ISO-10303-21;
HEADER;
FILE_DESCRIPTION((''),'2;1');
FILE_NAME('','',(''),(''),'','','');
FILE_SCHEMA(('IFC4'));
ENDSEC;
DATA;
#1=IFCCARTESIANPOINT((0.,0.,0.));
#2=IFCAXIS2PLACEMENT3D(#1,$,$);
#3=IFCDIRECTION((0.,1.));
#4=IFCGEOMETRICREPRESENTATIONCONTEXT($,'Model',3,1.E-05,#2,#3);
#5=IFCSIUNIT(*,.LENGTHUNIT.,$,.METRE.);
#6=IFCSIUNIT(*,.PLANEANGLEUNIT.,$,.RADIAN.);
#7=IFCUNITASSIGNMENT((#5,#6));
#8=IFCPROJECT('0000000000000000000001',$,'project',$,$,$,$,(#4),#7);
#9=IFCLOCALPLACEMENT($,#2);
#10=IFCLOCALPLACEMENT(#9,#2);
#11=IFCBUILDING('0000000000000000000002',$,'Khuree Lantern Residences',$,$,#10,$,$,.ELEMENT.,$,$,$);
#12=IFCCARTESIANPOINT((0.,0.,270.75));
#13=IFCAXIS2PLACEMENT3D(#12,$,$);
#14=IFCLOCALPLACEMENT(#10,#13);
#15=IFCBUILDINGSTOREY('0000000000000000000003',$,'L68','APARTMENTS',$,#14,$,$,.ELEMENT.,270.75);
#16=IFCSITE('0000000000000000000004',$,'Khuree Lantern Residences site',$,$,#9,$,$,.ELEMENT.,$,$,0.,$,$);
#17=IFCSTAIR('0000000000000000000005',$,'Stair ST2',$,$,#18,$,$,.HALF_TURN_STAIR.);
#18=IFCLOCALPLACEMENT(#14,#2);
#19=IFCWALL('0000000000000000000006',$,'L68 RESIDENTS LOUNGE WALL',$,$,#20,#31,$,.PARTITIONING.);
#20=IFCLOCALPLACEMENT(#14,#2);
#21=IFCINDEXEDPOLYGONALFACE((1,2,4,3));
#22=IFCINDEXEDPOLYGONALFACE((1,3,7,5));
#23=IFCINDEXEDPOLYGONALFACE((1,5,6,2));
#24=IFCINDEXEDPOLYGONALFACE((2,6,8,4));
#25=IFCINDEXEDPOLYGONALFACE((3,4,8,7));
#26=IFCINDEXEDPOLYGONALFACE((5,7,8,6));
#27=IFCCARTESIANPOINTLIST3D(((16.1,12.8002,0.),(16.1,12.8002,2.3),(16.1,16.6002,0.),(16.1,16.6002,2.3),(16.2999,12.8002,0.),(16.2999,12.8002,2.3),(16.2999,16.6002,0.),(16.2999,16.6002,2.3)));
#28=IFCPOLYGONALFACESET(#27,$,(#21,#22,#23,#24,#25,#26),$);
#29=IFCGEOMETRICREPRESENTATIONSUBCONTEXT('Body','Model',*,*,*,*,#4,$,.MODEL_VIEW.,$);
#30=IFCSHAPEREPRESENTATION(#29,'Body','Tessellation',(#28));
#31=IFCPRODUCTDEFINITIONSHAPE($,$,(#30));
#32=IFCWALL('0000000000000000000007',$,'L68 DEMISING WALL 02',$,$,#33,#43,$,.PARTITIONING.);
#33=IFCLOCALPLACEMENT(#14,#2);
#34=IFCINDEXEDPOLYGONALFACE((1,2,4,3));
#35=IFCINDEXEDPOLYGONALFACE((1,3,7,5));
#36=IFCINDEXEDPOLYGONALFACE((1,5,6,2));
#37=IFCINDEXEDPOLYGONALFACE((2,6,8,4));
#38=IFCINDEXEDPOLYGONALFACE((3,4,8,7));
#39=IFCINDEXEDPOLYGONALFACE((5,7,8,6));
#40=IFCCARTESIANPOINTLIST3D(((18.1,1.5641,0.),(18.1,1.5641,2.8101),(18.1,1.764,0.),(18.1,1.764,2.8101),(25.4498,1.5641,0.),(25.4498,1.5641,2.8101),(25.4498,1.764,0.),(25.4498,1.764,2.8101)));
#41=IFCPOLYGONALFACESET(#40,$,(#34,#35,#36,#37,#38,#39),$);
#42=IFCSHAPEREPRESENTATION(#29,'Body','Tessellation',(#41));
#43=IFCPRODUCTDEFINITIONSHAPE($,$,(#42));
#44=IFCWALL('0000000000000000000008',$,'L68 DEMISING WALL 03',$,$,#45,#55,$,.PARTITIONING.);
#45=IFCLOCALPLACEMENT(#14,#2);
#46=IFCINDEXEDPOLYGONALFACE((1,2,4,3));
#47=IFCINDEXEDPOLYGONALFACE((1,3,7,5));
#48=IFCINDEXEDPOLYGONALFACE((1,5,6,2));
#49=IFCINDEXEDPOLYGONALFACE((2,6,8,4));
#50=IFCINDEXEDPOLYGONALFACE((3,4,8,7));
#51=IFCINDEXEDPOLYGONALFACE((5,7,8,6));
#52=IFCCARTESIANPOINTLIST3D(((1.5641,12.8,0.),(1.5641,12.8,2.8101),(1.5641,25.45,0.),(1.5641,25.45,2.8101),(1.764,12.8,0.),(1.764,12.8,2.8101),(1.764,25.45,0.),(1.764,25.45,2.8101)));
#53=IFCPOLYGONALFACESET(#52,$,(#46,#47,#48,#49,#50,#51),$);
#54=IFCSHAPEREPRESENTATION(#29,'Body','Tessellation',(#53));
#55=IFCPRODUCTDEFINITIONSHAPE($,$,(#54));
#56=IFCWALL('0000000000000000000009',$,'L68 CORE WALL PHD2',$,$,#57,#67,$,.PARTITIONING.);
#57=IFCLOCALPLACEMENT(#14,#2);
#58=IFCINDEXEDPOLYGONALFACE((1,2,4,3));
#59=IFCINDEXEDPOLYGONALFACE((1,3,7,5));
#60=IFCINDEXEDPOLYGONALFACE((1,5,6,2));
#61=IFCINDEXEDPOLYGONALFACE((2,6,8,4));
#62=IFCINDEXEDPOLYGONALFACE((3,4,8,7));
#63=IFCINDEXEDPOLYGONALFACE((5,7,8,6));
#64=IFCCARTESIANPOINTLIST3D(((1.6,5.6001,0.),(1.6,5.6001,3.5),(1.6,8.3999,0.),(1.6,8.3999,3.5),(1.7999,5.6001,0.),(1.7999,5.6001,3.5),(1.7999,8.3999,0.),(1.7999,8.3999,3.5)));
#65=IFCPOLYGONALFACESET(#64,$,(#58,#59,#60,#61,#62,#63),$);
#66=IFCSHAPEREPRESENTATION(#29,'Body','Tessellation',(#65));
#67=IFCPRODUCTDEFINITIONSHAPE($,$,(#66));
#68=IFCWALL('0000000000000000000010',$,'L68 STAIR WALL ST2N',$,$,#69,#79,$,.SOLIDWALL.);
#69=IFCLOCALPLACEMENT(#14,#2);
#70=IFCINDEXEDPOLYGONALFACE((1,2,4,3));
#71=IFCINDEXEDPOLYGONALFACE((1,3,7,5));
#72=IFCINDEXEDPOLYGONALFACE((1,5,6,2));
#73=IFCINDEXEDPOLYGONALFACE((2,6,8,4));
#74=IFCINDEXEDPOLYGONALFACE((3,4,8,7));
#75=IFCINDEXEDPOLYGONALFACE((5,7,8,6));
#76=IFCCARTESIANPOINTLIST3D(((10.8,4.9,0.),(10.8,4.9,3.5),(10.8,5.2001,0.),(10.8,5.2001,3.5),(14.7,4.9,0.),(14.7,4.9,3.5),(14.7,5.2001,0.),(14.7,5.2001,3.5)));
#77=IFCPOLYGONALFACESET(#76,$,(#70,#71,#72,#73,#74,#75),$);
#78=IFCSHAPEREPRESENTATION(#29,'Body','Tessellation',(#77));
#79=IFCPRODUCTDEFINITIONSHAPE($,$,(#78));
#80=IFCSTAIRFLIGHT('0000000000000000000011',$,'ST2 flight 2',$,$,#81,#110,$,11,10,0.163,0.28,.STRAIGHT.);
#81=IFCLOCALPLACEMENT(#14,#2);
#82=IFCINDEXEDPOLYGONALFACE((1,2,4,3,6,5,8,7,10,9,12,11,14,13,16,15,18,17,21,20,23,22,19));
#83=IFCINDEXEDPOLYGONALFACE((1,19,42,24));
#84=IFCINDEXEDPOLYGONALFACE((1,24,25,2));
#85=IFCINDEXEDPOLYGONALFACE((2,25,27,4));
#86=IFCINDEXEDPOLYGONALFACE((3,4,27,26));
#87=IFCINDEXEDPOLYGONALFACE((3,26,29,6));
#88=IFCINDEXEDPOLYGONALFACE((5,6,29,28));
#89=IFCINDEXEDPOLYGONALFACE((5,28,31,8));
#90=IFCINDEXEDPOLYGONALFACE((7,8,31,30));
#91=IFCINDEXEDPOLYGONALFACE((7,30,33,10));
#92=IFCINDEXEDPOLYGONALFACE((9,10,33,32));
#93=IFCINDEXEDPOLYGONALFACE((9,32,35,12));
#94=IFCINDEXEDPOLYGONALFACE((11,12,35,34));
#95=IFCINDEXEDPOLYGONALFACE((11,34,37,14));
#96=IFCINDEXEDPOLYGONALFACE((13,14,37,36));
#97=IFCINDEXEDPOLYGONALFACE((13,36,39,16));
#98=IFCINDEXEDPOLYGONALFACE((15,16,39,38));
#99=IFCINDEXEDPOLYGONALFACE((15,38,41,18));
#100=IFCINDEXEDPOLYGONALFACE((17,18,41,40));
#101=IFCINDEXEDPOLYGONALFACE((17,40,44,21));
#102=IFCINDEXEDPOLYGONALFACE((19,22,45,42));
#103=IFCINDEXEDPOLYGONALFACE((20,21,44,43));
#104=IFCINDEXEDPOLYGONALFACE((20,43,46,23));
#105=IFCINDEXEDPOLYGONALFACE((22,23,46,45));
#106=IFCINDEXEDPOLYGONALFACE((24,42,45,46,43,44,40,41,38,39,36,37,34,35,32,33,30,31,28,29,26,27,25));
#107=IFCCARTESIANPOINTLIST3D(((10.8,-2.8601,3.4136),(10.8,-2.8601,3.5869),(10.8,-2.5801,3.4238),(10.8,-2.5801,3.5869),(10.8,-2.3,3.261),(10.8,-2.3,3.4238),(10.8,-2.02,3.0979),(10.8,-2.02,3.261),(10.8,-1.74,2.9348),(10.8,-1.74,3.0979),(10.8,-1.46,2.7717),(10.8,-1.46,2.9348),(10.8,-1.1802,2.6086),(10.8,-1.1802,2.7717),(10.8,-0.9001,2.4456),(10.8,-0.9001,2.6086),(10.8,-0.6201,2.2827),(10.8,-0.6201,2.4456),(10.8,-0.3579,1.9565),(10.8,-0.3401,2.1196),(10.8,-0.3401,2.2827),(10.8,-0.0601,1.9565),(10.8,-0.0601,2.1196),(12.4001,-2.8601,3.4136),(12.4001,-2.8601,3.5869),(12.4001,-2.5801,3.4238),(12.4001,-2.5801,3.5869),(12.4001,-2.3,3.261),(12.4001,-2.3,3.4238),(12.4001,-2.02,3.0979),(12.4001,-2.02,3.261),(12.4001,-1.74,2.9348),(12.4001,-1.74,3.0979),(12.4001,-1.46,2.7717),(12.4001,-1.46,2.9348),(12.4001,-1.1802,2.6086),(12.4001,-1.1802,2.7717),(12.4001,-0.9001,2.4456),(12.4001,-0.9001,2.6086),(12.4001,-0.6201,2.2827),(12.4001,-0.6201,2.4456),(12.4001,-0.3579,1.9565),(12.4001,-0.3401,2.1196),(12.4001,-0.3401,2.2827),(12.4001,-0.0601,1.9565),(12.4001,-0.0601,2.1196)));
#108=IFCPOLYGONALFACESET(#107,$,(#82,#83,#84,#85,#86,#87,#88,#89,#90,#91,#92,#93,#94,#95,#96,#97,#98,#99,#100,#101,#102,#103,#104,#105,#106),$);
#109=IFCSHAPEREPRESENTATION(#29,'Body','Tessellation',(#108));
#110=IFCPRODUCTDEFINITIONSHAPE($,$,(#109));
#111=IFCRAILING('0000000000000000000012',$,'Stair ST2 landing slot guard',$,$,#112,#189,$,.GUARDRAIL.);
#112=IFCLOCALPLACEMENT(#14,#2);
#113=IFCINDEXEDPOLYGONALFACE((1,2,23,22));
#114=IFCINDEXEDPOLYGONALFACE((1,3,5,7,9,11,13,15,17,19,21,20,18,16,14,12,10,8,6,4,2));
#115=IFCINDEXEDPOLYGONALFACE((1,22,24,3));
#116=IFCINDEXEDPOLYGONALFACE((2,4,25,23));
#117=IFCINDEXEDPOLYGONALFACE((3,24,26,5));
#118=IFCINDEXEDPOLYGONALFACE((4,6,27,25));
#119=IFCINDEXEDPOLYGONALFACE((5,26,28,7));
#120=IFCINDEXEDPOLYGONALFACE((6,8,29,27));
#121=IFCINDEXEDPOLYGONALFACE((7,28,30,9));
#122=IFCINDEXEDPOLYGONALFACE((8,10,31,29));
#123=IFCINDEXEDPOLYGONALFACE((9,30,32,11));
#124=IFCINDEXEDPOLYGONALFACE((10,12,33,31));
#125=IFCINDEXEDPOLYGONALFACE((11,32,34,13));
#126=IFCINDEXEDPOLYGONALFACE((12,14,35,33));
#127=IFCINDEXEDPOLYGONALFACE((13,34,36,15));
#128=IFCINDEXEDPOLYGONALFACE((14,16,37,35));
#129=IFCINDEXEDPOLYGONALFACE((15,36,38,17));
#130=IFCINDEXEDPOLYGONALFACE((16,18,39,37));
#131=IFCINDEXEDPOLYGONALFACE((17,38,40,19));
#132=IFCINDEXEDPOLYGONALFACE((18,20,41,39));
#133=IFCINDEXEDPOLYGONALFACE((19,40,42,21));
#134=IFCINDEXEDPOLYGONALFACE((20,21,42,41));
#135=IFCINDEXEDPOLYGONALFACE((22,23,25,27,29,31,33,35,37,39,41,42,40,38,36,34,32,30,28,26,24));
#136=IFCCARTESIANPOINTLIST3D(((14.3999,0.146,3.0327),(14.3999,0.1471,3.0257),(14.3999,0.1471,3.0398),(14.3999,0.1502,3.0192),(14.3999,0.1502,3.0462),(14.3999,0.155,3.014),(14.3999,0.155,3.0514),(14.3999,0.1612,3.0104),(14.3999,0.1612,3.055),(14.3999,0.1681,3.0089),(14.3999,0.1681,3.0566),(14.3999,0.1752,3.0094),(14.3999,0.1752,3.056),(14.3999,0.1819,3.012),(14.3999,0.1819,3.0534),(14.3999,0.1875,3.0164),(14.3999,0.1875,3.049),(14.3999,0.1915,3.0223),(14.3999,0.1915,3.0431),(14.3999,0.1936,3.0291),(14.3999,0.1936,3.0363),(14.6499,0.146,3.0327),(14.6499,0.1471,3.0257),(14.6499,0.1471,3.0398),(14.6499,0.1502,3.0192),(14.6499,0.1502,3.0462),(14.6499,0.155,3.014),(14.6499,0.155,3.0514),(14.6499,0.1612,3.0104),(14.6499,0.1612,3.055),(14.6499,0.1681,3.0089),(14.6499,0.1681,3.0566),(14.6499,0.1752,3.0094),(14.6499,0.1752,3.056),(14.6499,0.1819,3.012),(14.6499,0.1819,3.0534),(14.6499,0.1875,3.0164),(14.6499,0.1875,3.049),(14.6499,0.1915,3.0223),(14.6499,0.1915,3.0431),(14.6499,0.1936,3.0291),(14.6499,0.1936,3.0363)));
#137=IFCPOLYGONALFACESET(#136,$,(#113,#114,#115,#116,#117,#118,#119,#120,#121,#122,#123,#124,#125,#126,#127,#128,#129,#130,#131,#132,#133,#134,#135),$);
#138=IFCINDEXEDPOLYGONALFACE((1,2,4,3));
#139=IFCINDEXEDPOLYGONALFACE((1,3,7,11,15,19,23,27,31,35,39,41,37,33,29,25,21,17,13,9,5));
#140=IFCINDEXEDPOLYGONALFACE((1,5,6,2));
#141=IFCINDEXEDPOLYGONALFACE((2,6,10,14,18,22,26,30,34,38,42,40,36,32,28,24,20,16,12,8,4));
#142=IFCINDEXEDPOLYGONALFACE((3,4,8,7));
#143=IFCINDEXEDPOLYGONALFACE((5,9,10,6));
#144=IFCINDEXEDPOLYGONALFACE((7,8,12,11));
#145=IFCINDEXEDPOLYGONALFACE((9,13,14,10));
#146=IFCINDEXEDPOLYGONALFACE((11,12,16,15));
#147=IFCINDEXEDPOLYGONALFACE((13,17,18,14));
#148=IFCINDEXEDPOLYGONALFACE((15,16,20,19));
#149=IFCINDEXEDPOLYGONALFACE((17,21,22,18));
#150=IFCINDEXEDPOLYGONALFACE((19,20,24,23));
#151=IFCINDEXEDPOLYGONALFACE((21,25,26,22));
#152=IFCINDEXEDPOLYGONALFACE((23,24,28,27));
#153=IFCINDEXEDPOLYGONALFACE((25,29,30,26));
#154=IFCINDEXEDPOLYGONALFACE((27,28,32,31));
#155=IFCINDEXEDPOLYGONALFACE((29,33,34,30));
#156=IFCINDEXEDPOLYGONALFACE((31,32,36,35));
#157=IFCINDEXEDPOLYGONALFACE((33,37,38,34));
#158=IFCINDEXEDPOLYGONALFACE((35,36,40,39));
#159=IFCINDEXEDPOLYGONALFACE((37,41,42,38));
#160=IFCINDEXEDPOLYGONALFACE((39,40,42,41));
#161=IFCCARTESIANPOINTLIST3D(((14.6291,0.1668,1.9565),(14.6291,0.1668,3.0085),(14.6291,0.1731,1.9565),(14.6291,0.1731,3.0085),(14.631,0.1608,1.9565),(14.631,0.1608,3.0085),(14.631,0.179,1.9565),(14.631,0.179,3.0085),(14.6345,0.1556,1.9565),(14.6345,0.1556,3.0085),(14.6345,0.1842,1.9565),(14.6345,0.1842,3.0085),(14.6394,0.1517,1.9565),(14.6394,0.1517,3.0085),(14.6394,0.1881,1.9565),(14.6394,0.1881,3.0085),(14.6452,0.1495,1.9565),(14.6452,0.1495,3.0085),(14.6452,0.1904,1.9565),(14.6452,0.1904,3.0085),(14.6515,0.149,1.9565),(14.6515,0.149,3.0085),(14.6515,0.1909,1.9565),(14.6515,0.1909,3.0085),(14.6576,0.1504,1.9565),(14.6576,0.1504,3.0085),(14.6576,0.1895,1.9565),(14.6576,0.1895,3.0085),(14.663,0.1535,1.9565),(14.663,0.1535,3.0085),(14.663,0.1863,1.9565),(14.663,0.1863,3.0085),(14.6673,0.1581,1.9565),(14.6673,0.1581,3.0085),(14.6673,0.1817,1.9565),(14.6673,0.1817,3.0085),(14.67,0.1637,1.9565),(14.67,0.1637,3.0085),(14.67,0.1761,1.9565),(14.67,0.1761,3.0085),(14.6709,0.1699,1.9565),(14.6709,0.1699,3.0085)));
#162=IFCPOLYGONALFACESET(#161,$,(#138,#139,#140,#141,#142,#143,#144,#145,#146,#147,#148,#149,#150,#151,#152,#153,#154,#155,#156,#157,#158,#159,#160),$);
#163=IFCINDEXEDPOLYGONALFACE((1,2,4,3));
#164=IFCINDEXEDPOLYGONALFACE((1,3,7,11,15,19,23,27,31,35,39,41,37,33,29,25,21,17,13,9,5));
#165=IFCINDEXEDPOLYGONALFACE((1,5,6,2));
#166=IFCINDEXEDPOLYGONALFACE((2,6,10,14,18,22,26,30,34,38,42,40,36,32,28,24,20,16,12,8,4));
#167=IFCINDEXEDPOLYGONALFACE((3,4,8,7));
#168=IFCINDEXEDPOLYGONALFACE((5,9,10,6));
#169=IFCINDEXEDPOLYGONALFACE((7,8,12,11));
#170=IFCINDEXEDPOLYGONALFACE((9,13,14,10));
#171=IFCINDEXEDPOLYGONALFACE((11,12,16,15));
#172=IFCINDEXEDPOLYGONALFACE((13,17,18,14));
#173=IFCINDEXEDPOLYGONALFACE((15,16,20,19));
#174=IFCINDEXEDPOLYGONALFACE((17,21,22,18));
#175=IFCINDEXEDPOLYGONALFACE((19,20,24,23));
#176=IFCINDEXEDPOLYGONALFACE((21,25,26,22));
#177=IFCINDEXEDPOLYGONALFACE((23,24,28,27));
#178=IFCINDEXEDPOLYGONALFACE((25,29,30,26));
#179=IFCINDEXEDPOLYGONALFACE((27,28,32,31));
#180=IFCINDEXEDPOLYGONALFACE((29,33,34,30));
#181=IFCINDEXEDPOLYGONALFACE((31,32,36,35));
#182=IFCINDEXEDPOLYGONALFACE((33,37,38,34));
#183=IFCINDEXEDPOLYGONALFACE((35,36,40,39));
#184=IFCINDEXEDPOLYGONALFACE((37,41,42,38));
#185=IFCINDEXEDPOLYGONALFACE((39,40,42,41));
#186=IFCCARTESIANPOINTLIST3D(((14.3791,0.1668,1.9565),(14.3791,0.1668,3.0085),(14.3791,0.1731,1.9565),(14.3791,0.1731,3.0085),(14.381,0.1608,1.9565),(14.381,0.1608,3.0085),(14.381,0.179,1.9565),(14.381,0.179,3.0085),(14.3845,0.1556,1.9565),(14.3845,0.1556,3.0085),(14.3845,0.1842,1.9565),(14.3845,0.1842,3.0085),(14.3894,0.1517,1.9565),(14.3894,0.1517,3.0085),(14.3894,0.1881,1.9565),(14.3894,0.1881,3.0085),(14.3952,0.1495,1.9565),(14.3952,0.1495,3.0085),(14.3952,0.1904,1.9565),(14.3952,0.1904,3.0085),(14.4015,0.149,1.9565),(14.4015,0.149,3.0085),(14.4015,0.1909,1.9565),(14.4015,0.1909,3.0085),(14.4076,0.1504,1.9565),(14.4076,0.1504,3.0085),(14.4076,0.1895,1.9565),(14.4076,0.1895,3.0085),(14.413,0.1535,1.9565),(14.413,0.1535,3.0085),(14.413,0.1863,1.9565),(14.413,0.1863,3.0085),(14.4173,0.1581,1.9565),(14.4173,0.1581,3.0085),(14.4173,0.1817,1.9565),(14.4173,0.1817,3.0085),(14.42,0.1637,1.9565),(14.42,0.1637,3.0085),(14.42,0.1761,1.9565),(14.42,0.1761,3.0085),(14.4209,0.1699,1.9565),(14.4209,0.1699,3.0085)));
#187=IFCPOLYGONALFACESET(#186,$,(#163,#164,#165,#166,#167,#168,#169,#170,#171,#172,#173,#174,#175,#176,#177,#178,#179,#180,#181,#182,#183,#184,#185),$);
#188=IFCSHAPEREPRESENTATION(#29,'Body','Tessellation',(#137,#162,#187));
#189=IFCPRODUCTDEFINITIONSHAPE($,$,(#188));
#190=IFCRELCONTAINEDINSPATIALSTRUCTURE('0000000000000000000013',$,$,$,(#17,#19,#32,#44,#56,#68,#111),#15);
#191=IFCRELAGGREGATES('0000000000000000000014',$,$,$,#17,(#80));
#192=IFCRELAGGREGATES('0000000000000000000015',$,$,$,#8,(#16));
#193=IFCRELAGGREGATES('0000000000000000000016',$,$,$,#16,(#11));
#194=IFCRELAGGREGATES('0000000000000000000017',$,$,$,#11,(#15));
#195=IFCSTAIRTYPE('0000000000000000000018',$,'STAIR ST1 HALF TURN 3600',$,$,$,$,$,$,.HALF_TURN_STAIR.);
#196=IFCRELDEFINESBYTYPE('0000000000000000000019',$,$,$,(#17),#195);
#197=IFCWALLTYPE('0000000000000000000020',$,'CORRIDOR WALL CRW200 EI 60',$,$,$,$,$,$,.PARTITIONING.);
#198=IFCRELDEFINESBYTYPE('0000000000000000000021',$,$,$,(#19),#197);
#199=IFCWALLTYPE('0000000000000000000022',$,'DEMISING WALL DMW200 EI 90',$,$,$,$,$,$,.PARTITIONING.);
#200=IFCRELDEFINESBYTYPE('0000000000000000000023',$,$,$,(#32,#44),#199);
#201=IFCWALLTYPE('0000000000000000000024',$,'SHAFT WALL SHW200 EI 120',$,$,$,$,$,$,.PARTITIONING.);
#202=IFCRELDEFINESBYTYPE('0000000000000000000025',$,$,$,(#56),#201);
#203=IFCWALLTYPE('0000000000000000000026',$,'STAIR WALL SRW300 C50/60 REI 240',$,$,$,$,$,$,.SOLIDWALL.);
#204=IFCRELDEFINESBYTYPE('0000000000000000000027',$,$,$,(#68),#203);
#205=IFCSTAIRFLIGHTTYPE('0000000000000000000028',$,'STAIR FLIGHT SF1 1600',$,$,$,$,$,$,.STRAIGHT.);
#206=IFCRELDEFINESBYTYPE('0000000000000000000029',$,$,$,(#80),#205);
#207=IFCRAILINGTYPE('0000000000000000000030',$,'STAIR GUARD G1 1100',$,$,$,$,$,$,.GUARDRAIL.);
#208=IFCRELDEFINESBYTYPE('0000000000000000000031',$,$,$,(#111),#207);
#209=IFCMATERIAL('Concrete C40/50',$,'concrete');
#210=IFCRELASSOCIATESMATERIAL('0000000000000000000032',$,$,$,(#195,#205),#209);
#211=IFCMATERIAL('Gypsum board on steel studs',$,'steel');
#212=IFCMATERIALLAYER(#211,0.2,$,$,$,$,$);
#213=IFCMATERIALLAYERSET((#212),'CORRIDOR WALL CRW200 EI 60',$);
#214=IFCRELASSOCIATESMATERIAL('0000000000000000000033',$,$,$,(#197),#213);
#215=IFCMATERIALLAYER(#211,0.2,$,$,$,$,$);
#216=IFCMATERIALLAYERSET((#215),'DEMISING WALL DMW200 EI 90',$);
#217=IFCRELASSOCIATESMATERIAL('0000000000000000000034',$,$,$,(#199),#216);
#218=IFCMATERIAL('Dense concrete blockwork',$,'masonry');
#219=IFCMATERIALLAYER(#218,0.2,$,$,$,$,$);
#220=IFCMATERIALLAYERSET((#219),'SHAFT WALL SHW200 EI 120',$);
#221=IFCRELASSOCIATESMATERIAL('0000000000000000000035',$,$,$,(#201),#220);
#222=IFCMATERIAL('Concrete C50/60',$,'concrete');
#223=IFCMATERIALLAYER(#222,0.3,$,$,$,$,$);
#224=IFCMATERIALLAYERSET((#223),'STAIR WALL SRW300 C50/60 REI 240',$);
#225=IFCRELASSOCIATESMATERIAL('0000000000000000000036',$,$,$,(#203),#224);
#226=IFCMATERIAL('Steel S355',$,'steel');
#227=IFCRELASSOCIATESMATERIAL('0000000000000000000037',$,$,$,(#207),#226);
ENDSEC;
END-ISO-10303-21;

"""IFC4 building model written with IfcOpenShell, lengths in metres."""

from ifc_helpers import new_model, si_unit, direction, frame, frame_2d, origin, origin_2d, place, context, subcontext, project, spatial, polyline, rectangle, circle, outline, extrude, material, layer, layer_set, type_object, element, aggregate, save


model = new_model("IFC4")

# Units and contexts
model_context = context("Model", 3, precision=1e-05, world=origin(), true_north=direction((0.0, 1.0)))
body_context = subcontext(model_context, "Body", "Model", "MODEL_VIEW")
ifc_project = project(units=[si_unit("LENGTHUNIT", "METRE"), si_unit("PLANEANGLEUNIT", "RADIAN")], contexts=[model_context])

# Site, building, storey
site_placement = place(None, origin())
site = spatial("IfcSite", under=ifc_project, at=site_placement, Name="Khuree Lantern Residences site", CompositionType="ELEMENT", RefElevation=0.0)
building_placement = place(site_placement, origin())
building = spatial("IfcBuilding", under=site, at=building_placement, Name="Khuree Lantern Residences", CompositionType="ELEMENT")
storey_placement = place(building_placement, frame((0.0, 0.0, 270.75)))
storey = spatial("IfcBuildingStorey", under=building, at=storey_placement, Name="L68", Description="APARTMENTS", CompositionType="ELEMENT", Elevation=270.75)

# Shared definitions
ifc_material_1 = material(Name="Concrete C50/60", Category="concrete")

# Stair
ifc_material_2 = material(Name="Concrete C40/50", Category="concrete")
stair_type = type_object("IfcStairType", Name="STAIR ST1 HALF TURN 3600", PredefinedType="HALF_TURN_STAIR", material=ifc_material_2)
stair_1_placement = place(storey_placement, origin())
stair_1 = element("IfcStair", 1, at=stair_1_placement, inside=storey, type_object=stair_type, Name="Stair ST2", PredefinedType="HALF_TURN_STAIR")

# Shared definitions
ifc_material_3 = material(Name="Dense concrete blockwork", Category="masonry")

# Walls
ifc_material_4 = material(Name="Gypsum board on steel studs", Category="steel")
ifc_layer_1 = layer(ifc_material_4, 0.2)
ifc_layer_set_1 = layer_set([ifc_layer_1], Name="CORRIDOR WALL CRW200 EI 60")
wall_type_1 = type_object("IfcWallType", Name="CORRIDOR WALL CRW200 EI 60", PredefinedType="PARTITIONING", material=ifc_layer_set_1)
wall_1_placement = place(storey_placement, frame((16.2, 16.6001, 0.0), z_axis=(0.0, 0.0, 1.0), x_axis=(0.0, -1.0, 0.0)))
element("IfcWall", 2, at=wall_1_placement, inside=storey, type_object=wall_type_1, Name="L68 RESIDENTS LOUNGE WALL", PredefinedType="PARTITIONING", context=body_context, shape_type="SweptSolid", body=[
    extrude(rectangle(XDim=3.8, YDim=0.2, at=frame_2d((1.8999, 0.0))), origin(), (0.0, 0.0, 1.0), 2.3),
])
ifc_layer_2 = layer(ifc_material_4, 0.2)
ifc_layer_set_2 = layer_set([ifc_layer_2], Name="DEMISING WALL DMW200 EI 90")
wall_type_2 = type_object("IfcWallType", Name="DEMISING WALL DMW200 EI 90", PredefinedType="PARTITIONING", material=ifc_layer_set_2)
wall_2_placement = place(storey_placement, frame((18.1001, 1.6641, 0.0), z_axis=(0.0, 0.0, 1.0), x_axis=(1.0, 0.0, 0.0)))
element("IfcWall", 3, at=wall_2_placement, inside=storey, type_object=wall_type_2, Name="L68 DEMISING WALL 02", PredefinedType="PARTITIONING", context=body_context, shape_type="SweptSolid", body=[
    extrude(rectangle(XDim=7.3499, YDim=0.2, at=frame_2d((3.6748, 0.0))), origin(), (0.0, 0.0, 1.0), 2.8101),
])
wall_3_placement = place(storey_placement, frame((1.6641, 12.8, 0.0), z_axis=(0.0, 0.0, 1.0), x_axis=(0.0, 1.0, 0.0)))
element("IfcWall", 4, at=wall_3_placement, inside=storey, type_object=wall_type_2, Name="L68 DEMISING WALL 03", PredefinedType="PARTITIONING", context=body_context, shape_type="SweptSolid", body=[
    extrude(rectangle(XDim=12.6499, YDim=0.2, at=frame_2d((6.325, 0.0))), origin(), (0.0, 0.0, 1.0), 2.8101),
])
ifc_layer_3 = layer(ifc_material_3, 0.2)
ifc_layer_set_3 = layer_set([ifc_layer_3], Name="SHAFT WALL SHW200 EI 120")
wall_type_3 = type_object("IfcWallType", Name="SHAFT WALL SHW200 EI 120", PredefinedType="PARTITIONING", material=ifc_layer_set_3)
wall_4_placement = place(storey_placement, frame((1.7, 5.6001, 0.0), z_axis=(0.0, 0.0, 1.0), x_axis=(0.0, 1.0, 0.0)))
element("IfcWall", 5, at=wall_4_placement, inside=storey, type_object=wall_type_3, Name="L68 CORE WALL PHD2", PredefinedType="PARTITIONING", context=body_context, shape_type="SweptSolid", body=[
    extrude(rectangle(XDim=2.7998, YDim=0.2, at=frame_2d((1.3999, 0.0))), origin(), (0.0, 0.0, 1.0), 3.5),
])
ifc_layer_4 = layer(ifc_material_1, 0.3)
ifc_layer_set_4 = layer_set([ifc_layer_4], Name="STAIR WALL SRW300 C50/60 REI 240")
wall_type_4 = type_object("IfcWallType", Name="STAIR WALL SRW300 C50/60 REI 240", PredefinedType="SOLIDWALL", material=ifc_layer_set_4)
wall_5_placement = place(storey_placement, frame((14.7, 5.05, 0.0), z_axis=(0.0, 0.0, 1.0), x_axis=(-1.0, 0.0, 0.0)))
element("IfcWall", 6, at=wall_5_placement, inside=storey, type_object=wall_type_4, Name="L68 STAIR WALL ST2N", PredefinedType="SOLIDWALL", context=body_context, shape_type="SweptSolid", body=[
    extrude(rectangle(XDim=3.8999, YDim=0.3, at=frame_2d((1.95, 0.0))), origin(), (0.0, 0.0, 1.0), 3.5),
])

# Stair flight
stair_flight_type = type_object("IfcStairFlightType", Name="STAIR FLIGHT SF1 1600", PredefinedType="STRAIGHT", material=ifc_material_2)
stair_flight_placement = place(storey_placement, frame((11.6001, -0.0601, 1.9565), z_axis=(0.0, 0.0, 1.0), x_axis=(0.0, -1.0, 0.0)))
stair_flight = element("IfcStairFlight", 7, at=stair_flight_placement, type_object=stair_flight_type, Name="ST2 flight 2", NumberOfRisers=11, NumberOfTreads=10, PredefinedType="STRAIGHT", RiserHeight=0.163, TreadLength=0.28, context=body_context, shape_type="SweptSolid", body=[
    extrude(outline(polyline([(0.0, 0.0), (0.0, 0.1631), (0.28, 0.1631), (0.28, 0.3262), (0.5601, 0.3262), (0.5601, 0.489), (0.8401, 0.489), (0.8401, 0.6521), (1.1201, 0.6521), (1.1201, 0.8152), (1.3999, 0.8152), (1.3999, 0.9783), (1.6799, 0.9783), (1.6799, 1.1414), (1.96, 1.1414), (1.96, 1.3044), (2.24, 1.3044), (2.24, 1.4673), (2.52, 1.4673), (2.52, 1.6304), (2.8, 1.6304), (2.8, 1.7935), (2.8, 1.457), (0.2979, 0.0), (0.0, 0.0)])), frame((0.0, 0.8, 0.0), z_axis=(0.0, -1.0, 0.0), x_axis=(1.0, 0.0, 0.0)), (0.0, 0.0, 1.0), 1.6001),
])
aggregate(stair_1, [stair_flight])

# Railing
ifc_material_5 = material(Name="Steel S355", Category="steel")
railing_type = type_object("IfcRailingType", Name="STAIR GUARD G1 1100", PredefinedType="GUARDRAIL", material=ifc_material_5)
railing_placement = place(storey_placement, frame((14.6499, 0.1699, 1.9565)))
element("IfcRailing", 8, at=railing_placement, inside=storey, type_object=railing_type, Name="Stair ST2 landing slot guard", PredefinedType="GUARDRAIL", context=body_context, shape_type="SweptSolid", body=[
    extrude(circle(Radius=0.0239, at=origin_2d()), frame((0.0, 0.0, 1.0762), z_axis=(-1.0, 0.0, 0.0), x_axis=(0.0, -1.0, 0.0)), (0.0, 0.0, 1.0), 0.25),
    extrude(circle(Radius=0.021, at=origin_2d()), origin(), (0.0, 0.0, 1.0), 1.052),
    extrude(circle(Radius=0.021, at=origin_2d()), frame((-0.25, 0.0, 0.0)), (0.0, 0.0, 1.0), 1.052),
])

save(model, "model.ifc")
